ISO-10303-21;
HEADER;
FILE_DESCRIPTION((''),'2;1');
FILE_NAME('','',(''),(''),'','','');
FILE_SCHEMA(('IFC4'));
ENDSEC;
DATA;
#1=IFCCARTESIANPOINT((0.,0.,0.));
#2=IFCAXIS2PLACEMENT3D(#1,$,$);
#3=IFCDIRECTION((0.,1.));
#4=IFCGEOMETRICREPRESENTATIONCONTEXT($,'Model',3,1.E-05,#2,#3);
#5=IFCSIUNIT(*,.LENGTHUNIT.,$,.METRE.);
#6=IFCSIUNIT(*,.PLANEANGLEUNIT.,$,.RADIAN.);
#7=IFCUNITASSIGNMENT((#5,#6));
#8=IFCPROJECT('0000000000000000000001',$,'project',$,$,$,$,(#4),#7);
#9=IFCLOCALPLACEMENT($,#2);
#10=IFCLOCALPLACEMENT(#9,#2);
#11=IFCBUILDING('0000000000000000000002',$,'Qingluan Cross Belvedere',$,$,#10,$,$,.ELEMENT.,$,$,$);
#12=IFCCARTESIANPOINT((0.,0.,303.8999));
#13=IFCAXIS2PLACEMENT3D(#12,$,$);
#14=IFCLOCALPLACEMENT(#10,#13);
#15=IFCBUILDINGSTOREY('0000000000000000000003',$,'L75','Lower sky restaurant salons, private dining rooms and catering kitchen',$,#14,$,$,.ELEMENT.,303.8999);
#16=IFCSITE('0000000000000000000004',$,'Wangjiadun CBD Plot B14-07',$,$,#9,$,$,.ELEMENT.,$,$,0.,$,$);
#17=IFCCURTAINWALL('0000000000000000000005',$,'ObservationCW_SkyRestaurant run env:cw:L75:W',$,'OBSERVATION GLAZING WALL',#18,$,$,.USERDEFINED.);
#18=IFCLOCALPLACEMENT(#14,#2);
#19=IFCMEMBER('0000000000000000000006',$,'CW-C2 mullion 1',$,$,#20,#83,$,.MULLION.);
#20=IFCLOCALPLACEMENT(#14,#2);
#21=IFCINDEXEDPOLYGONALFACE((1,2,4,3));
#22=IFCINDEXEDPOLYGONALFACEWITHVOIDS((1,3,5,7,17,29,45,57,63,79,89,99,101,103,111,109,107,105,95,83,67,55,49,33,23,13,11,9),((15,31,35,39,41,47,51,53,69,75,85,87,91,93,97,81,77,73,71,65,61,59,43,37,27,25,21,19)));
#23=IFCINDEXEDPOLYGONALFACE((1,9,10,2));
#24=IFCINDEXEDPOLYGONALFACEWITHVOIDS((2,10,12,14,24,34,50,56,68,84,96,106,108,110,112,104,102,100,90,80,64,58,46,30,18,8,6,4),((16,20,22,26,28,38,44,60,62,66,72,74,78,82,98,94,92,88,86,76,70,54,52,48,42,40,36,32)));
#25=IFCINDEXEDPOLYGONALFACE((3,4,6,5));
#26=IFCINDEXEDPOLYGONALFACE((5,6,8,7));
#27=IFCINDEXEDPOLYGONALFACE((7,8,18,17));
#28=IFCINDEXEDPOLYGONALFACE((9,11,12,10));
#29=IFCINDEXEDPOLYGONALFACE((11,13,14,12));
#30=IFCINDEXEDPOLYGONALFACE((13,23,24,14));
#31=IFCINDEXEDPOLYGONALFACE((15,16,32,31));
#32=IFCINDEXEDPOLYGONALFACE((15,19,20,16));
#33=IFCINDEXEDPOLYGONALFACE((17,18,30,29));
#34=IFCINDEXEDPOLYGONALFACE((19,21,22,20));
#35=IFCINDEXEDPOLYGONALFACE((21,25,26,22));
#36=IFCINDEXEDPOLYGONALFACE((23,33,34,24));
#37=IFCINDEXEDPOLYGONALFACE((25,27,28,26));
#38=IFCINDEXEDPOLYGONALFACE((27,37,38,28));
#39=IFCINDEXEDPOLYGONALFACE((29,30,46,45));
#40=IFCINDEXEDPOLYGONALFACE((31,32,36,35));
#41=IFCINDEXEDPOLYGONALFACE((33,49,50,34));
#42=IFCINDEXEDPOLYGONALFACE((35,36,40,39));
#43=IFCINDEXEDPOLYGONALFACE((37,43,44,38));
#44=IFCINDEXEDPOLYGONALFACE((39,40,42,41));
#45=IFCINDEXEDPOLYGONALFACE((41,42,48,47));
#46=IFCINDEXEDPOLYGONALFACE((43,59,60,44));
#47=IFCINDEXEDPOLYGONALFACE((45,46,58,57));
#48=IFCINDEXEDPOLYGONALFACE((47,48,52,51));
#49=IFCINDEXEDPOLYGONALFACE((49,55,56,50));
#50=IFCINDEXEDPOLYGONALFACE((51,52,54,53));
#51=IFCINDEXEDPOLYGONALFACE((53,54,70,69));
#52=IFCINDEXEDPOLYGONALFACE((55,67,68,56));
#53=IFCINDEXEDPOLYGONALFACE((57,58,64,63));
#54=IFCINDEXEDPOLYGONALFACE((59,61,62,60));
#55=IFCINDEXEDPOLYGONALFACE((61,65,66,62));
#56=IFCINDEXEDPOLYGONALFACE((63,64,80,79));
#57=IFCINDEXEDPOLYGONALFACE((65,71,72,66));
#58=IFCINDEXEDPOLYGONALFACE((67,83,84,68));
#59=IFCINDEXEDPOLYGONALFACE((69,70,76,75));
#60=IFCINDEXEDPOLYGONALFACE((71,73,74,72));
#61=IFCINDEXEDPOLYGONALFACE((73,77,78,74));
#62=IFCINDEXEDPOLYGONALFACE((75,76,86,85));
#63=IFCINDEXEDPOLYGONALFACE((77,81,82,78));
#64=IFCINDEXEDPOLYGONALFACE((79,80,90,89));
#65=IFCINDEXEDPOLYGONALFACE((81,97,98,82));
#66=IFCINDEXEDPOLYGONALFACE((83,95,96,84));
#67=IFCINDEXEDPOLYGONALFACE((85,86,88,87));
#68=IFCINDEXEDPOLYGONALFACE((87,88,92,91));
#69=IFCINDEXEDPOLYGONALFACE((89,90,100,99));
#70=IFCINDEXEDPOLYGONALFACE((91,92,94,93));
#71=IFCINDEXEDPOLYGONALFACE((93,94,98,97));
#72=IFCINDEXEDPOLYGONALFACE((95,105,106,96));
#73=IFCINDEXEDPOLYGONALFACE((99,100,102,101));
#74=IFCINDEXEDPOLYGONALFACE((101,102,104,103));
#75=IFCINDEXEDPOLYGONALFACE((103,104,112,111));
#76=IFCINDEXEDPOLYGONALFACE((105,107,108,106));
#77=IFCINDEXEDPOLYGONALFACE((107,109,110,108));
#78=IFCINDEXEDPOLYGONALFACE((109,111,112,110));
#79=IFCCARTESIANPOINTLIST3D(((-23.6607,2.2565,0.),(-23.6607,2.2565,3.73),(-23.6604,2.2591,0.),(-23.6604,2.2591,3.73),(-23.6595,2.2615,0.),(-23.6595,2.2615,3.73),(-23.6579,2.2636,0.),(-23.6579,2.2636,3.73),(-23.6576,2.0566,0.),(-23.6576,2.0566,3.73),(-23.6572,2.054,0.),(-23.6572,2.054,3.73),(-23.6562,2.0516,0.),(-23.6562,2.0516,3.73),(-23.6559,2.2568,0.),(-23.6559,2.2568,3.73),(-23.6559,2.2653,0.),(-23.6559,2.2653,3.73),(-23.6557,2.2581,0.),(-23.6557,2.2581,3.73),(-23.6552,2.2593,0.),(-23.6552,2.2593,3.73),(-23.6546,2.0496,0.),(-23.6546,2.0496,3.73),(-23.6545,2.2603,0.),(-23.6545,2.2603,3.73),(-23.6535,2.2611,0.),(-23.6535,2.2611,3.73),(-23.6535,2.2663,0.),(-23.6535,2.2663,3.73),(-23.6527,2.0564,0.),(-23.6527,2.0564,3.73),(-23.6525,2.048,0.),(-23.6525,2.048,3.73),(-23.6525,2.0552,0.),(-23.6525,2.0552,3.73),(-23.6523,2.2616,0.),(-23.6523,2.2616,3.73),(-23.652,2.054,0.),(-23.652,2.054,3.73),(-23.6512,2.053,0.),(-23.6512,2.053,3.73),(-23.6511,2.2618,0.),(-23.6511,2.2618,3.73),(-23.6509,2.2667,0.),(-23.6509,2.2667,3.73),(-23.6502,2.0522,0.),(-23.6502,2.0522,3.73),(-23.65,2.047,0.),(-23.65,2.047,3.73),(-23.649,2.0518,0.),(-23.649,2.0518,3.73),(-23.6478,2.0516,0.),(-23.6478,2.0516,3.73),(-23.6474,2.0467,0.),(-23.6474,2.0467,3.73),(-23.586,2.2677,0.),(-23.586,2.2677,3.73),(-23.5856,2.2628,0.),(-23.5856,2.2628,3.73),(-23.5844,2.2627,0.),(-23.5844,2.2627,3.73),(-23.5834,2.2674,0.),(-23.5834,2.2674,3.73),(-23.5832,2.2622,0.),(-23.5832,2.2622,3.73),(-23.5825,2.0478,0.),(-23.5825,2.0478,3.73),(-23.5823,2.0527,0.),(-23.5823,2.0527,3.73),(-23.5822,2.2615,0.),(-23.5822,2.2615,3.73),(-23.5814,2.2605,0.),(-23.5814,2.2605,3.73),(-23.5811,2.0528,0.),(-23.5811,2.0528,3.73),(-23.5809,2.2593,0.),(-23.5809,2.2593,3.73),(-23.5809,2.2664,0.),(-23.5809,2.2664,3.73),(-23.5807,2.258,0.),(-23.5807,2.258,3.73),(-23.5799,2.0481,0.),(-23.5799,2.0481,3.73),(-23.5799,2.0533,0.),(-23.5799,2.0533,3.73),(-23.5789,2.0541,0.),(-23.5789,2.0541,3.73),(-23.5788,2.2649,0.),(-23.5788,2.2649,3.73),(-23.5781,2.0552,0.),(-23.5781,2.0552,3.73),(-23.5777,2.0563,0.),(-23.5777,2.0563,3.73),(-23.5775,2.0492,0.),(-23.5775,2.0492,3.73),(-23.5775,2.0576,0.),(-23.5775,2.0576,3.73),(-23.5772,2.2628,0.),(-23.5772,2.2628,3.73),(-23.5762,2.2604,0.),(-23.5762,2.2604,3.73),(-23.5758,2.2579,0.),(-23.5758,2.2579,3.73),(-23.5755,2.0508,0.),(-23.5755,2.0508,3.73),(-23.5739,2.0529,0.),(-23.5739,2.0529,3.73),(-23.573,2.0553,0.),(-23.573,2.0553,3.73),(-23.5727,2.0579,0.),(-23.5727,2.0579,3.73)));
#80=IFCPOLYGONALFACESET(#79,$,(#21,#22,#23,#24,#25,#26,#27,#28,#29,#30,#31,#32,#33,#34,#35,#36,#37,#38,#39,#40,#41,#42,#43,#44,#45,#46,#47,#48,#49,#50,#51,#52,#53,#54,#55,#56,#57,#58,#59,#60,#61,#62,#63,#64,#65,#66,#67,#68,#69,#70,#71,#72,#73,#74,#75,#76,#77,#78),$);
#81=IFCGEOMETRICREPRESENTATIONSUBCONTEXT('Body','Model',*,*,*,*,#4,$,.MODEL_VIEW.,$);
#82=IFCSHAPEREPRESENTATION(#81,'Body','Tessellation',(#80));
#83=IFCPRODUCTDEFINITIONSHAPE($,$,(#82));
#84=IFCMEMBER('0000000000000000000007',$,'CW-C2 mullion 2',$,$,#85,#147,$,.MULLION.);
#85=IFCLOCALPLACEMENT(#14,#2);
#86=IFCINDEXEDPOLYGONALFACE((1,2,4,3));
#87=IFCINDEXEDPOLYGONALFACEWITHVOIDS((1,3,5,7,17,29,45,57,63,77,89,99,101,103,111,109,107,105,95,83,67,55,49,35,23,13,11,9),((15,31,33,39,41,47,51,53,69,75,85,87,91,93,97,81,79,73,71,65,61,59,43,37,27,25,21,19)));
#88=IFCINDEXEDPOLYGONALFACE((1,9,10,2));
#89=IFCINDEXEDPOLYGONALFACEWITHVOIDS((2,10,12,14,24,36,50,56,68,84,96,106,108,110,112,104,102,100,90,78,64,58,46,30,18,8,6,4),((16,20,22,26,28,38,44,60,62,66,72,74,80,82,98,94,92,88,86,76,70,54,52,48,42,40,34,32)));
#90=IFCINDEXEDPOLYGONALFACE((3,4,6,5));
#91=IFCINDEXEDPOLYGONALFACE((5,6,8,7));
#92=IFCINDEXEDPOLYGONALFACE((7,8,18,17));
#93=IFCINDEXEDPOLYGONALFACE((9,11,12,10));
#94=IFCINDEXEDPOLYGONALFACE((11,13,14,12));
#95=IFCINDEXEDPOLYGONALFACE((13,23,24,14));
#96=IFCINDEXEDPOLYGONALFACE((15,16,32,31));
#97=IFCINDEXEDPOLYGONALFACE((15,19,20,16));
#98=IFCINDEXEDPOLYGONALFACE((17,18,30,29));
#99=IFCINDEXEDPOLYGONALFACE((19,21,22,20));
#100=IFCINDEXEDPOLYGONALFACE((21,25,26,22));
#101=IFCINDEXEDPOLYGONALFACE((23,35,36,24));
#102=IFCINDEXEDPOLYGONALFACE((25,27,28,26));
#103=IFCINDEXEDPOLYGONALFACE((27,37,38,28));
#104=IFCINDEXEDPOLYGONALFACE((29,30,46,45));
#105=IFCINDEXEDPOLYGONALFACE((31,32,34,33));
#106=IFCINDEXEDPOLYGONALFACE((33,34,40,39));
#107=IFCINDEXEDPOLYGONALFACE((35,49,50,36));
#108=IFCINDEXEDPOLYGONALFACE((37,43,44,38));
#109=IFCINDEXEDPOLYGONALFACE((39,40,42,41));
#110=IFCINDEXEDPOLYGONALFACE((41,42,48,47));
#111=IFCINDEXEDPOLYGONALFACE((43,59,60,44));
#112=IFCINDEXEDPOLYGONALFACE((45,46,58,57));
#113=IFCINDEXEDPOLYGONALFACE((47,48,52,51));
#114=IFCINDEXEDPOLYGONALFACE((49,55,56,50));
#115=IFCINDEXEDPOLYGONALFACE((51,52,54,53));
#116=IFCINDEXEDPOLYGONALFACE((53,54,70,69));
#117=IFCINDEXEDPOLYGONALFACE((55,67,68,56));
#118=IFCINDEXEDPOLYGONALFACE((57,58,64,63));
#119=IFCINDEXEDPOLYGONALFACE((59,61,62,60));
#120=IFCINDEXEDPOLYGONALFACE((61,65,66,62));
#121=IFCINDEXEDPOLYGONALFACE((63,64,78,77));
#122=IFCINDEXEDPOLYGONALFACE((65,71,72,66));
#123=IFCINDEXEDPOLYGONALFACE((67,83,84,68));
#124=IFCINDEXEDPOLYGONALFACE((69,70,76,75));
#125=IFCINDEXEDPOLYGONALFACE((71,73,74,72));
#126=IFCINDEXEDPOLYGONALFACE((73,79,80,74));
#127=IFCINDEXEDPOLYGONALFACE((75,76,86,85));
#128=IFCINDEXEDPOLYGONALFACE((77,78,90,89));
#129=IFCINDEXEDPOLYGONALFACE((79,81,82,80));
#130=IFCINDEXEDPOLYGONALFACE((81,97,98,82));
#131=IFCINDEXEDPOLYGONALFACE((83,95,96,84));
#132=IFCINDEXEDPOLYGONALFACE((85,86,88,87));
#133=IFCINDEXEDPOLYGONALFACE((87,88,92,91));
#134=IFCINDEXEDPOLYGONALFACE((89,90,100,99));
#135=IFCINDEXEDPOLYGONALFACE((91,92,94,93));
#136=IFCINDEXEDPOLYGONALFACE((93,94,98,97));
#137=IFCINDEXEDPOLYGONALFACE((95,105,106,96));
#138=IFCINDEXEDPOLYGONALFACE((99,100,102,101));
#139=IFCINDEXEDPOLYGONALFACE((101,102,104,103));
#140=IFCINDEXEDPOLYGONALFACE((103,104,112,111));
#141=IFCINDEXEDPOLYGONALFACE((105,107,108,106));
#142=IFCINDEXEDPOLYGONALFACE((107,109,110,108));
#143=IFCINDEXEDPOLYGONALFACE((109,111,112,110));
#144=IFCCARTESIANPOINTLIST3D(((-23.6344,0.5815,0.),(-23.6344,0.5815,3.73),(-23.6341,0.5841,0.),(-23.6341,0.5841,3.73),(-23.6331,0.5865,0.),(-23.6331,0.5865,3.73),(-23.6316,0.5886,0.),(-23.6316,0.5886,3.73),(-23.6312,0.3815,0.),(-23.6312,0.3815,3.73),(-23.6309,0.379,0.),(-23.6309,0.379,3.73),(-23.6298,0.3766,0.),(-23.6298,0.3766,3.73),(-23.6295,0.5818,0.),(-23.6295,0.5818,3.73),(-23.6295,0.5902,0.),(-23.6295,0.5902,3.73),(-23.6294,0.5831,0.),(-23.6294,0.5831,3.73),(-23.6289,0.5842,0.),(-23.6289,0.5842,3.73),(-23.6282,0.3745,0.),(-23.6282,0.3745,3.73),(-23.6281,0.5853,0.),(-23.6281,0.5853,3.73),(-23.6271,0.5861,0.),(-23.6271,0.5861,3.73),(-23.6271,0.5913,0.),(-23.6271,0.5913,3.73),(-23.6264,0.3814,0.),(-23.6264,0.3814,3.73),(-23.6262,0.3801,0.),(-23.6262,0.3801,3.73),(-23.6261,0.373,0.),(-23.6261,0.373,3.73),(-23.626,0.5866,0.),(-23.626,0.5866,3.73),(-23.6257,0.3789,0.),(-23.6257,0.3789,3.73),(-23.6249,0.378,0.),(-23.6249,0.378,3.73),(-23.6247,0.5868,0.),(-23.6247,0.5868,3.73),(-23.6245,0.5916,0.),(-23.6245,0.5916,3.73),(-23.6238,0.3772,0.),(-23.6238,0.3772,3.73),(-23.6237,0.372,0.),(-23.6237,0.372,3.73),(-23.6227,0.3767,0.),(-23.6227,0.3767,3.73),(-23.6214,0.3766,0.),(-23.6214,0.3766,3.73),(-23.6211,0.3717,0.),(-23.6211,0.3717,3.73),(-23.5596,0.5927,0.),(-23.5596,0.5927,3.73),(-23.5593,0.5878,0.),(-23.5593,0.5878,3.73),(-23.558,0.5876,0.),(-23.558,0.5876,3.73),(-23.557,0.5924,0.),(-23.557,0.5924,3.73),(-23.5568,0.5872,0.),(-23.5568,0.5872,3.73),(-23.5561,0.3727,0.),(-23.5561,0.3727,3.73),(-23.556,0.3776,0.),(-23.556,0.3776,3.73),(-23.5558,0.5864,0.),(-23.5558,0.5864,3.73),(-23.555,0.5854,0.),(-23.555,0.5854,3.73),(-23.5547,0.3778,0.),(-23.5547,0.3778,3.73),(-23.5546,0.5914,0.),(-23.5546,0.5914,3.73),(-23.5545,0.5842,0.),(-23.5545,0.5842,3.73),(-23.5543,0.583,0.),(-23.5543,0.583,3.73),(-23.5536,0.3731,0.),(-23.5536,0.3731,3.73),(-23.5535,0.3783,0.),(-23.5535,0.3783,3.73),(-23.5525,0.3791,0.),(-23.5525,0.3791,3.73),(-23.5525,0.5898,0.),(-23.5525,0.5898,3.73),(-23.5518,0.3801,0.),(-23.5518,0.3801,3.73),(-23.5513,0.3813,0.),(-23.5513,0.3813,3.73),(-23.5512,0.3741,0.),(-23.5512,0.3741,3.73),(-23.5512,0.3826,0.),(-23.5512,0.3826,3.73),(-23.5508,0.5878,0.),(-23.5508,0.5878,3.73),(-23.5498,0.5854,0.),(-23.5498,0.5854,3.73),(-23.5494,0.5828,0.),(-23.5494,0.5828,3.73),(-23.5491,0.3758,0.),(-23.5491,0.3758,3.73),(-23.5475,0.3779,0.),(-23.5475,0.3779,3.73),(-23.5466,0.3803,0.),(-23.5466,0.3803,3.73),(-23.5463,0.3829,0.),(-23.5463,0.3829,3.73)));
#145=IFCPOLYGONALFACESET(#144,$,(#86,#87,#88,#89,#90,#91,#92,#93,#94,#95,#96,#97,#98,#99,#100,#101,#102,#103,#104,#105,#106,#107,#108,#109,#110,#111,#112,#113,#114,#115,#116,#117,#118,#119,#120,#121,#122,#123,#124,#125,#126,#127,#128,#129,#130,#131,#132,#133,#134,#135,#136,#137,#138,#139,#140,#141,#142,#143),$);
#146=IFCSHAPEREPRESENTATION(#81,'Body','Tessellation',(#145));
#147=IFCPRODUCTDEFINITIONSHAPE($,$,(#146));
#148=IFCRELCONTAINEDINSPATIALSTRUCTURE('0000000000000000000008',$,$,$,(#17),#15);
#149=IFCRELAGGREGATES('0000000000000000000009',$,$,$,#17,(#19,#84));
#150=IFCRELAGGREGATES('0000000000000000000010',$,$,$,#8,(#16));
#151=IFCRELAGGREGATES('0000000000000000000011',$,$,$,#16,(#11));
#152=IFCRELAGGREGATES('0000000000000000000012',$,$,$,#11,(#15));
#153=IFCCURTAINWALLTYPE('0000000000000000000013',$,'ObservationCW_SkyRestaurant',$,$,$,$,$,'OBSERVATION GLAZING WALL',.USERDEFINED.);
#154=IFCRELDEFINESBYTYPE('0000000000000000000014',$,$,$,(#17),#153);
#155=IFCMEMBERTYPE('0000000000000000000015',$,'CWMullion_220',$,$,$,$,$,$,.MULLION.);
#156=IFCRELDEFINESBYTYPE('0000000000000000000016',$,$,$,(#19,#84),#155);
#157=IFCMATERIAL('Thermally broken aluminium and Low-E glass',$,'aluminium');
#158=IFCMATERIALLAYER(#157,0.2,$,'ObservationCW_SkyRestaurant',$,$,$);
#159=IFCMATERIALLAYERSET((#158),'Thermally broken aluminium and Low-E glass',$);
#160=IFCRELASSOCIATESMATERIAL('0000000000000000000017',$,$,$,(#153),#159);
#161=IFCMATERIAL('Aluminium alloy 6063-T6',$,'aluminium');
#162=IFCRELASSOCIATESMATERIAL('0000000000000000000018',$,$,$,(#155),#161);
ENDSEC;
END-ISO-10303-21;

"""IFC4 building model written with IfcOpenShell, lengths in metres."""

from ifc_helpers import new_model, si_unit, direction, frame, origin, origin_2d, place, context, subcontext, project, spatial, hollow_rectangle, extrude, material, layer, layer_set, material_profile, profile_set, type_object, element, aggregate, save


model = new_model("IFC4")

# Units and contexts
model_context = context("Model", 3, precision=1e-05, world=origin(), true_north=direction((0.0, 1.0)))
body_context = subcontext(model_context, "Body", "Model", "MODEL_VIEW")
ifc_project = project(units=[si_unit("LENGTHUNIT", "METRE"), si_unit("PLANEANGLEUNIT", "RADIAN")], contexts=[model_context])

# Site, building, storey
site_placement = place(None, origin())
site = spatial("IfcSite", under=ifc_project, at=site_placement, Name="Wangjiadun CBD Plot B14-07", CompositionType="ELEMENT", RefElevation=0.0)
building_placement = place(site_placement, origin())
building = spatial("IfcBuilding", under=site, at=building_placement, Name="Qingluan Cross Belvedere", CompositionType="ELEMENT")
storey_placement = place(building_placement, frame((0.0, 0.0, 303.8999)))
storey = spatial("IfcBuildingStorey", under=building, at=storey_placement, Name="L75", Description="Lower sky restaurant salons, private dining rooms and catering kitchen", CompositionType="ELEMENT", Elevation=303.8999)

# Curtain wall, members
ifc_material_1 = material(Name="Thermally broken aluminium and Low-E glass", Category="aluminium")
ifc_layer_1 = layer(ifc_material_1, 0.2, Name="ObservationCW_SkyRestaurant")
ifc_layer_set_1 = layer_set([ifc_layer_1], Name="Thermally broken aluminium and Low-E glass")
curtain_wall_type = type_object("IfcCurtainWallType", Name="ObservationCW_SkyRestaurant", ElementType="OBSERVATION GLAZING WALL", PredefinedType="USERDEFINED", material=ifc_layer_set_1)
curtain_wall_placement = place(storey_placement, origin())
curtain_wall = element("IfcCurtainWall", 1, at=curtain_wall_placement, inside=storey, type_object=curtain_wall_type, Name="ObservationCW_SkyRestaurant run env:cw:L75:W", ObjectType="OBSERVATION GLAZING WALL", PredefinedType="USERDEFINED")
ifc_material_2 = material(Name="Aluminium alloy 6063-T6", Category="aluminium")
ifc_material_profile_1 = material_profile(ifc_material_2, hollow_rectangle(XDim=0.085, YDim=0.22, WallThickness=0.0049, InnerFilletRadius=0.0049, OuterFilletRadius=0.01, at=origin_2d()), Name="CWM220x85x5")
ifc_profile_set_1 = profile_set([ifc_material_profile_1], Name="Aluminium alloy 6063-T6")
member_type_1 = type_object("IfcMemberType", Name="CWMullion_220", PredefinedType="MULLION", material=ifc_profile_set_1)
member_1_placement = place(storey_placement, frame((-23.6167, 2.1572, 0.0), z_axis=(0.0, 0.0, 1.0), x_axis=(0.999877, 0.015696, 0.0)))
member_1 = element("IfcMember", 2, at=member_1_placement, type_object=member_type_1, Name="CW-C2 mullion 1", PredefinedType="MULLION", context=body_context, shape_type="SweptSolid", body=[
    extrude(hollow_rectangle(XDim=0.085, YDim=0.22, WallThickness=0.0049, InnerFilletRadius=0.0049, OuterFilletRadius=0.01, at=origin_2d()), origin(), (0.0, 0.0, 1.0), 3.73),
])
member_2_placement = place(storey_placement, frame((-23.5903, 0.4822, 0.0), z_axis=(0.0, 0.0, 1.0), x_axis=(0.999877, 0.015696, 0.0)))
member_2 = element("IfcMember", 3, at=member_2_placement, type_object=member_type_1, Name="CW-C2 mullion 2", PredefinedType="MULLION", context=body_context, shape_type="SweptSolid", body=[
    extrude(hollow_rectangle(XDim=0.085, YDim=0.22, WallThickness=0.0049, InnerFilletRadius=0.0049, OuterFilletRadius=0.01, at=origin_2d()), origin(), (0.0, 0.0, 1.0), 3.73),
])
aggregate(curtain_wall, [member_1, member_2])

save(model, "model.ifc")
